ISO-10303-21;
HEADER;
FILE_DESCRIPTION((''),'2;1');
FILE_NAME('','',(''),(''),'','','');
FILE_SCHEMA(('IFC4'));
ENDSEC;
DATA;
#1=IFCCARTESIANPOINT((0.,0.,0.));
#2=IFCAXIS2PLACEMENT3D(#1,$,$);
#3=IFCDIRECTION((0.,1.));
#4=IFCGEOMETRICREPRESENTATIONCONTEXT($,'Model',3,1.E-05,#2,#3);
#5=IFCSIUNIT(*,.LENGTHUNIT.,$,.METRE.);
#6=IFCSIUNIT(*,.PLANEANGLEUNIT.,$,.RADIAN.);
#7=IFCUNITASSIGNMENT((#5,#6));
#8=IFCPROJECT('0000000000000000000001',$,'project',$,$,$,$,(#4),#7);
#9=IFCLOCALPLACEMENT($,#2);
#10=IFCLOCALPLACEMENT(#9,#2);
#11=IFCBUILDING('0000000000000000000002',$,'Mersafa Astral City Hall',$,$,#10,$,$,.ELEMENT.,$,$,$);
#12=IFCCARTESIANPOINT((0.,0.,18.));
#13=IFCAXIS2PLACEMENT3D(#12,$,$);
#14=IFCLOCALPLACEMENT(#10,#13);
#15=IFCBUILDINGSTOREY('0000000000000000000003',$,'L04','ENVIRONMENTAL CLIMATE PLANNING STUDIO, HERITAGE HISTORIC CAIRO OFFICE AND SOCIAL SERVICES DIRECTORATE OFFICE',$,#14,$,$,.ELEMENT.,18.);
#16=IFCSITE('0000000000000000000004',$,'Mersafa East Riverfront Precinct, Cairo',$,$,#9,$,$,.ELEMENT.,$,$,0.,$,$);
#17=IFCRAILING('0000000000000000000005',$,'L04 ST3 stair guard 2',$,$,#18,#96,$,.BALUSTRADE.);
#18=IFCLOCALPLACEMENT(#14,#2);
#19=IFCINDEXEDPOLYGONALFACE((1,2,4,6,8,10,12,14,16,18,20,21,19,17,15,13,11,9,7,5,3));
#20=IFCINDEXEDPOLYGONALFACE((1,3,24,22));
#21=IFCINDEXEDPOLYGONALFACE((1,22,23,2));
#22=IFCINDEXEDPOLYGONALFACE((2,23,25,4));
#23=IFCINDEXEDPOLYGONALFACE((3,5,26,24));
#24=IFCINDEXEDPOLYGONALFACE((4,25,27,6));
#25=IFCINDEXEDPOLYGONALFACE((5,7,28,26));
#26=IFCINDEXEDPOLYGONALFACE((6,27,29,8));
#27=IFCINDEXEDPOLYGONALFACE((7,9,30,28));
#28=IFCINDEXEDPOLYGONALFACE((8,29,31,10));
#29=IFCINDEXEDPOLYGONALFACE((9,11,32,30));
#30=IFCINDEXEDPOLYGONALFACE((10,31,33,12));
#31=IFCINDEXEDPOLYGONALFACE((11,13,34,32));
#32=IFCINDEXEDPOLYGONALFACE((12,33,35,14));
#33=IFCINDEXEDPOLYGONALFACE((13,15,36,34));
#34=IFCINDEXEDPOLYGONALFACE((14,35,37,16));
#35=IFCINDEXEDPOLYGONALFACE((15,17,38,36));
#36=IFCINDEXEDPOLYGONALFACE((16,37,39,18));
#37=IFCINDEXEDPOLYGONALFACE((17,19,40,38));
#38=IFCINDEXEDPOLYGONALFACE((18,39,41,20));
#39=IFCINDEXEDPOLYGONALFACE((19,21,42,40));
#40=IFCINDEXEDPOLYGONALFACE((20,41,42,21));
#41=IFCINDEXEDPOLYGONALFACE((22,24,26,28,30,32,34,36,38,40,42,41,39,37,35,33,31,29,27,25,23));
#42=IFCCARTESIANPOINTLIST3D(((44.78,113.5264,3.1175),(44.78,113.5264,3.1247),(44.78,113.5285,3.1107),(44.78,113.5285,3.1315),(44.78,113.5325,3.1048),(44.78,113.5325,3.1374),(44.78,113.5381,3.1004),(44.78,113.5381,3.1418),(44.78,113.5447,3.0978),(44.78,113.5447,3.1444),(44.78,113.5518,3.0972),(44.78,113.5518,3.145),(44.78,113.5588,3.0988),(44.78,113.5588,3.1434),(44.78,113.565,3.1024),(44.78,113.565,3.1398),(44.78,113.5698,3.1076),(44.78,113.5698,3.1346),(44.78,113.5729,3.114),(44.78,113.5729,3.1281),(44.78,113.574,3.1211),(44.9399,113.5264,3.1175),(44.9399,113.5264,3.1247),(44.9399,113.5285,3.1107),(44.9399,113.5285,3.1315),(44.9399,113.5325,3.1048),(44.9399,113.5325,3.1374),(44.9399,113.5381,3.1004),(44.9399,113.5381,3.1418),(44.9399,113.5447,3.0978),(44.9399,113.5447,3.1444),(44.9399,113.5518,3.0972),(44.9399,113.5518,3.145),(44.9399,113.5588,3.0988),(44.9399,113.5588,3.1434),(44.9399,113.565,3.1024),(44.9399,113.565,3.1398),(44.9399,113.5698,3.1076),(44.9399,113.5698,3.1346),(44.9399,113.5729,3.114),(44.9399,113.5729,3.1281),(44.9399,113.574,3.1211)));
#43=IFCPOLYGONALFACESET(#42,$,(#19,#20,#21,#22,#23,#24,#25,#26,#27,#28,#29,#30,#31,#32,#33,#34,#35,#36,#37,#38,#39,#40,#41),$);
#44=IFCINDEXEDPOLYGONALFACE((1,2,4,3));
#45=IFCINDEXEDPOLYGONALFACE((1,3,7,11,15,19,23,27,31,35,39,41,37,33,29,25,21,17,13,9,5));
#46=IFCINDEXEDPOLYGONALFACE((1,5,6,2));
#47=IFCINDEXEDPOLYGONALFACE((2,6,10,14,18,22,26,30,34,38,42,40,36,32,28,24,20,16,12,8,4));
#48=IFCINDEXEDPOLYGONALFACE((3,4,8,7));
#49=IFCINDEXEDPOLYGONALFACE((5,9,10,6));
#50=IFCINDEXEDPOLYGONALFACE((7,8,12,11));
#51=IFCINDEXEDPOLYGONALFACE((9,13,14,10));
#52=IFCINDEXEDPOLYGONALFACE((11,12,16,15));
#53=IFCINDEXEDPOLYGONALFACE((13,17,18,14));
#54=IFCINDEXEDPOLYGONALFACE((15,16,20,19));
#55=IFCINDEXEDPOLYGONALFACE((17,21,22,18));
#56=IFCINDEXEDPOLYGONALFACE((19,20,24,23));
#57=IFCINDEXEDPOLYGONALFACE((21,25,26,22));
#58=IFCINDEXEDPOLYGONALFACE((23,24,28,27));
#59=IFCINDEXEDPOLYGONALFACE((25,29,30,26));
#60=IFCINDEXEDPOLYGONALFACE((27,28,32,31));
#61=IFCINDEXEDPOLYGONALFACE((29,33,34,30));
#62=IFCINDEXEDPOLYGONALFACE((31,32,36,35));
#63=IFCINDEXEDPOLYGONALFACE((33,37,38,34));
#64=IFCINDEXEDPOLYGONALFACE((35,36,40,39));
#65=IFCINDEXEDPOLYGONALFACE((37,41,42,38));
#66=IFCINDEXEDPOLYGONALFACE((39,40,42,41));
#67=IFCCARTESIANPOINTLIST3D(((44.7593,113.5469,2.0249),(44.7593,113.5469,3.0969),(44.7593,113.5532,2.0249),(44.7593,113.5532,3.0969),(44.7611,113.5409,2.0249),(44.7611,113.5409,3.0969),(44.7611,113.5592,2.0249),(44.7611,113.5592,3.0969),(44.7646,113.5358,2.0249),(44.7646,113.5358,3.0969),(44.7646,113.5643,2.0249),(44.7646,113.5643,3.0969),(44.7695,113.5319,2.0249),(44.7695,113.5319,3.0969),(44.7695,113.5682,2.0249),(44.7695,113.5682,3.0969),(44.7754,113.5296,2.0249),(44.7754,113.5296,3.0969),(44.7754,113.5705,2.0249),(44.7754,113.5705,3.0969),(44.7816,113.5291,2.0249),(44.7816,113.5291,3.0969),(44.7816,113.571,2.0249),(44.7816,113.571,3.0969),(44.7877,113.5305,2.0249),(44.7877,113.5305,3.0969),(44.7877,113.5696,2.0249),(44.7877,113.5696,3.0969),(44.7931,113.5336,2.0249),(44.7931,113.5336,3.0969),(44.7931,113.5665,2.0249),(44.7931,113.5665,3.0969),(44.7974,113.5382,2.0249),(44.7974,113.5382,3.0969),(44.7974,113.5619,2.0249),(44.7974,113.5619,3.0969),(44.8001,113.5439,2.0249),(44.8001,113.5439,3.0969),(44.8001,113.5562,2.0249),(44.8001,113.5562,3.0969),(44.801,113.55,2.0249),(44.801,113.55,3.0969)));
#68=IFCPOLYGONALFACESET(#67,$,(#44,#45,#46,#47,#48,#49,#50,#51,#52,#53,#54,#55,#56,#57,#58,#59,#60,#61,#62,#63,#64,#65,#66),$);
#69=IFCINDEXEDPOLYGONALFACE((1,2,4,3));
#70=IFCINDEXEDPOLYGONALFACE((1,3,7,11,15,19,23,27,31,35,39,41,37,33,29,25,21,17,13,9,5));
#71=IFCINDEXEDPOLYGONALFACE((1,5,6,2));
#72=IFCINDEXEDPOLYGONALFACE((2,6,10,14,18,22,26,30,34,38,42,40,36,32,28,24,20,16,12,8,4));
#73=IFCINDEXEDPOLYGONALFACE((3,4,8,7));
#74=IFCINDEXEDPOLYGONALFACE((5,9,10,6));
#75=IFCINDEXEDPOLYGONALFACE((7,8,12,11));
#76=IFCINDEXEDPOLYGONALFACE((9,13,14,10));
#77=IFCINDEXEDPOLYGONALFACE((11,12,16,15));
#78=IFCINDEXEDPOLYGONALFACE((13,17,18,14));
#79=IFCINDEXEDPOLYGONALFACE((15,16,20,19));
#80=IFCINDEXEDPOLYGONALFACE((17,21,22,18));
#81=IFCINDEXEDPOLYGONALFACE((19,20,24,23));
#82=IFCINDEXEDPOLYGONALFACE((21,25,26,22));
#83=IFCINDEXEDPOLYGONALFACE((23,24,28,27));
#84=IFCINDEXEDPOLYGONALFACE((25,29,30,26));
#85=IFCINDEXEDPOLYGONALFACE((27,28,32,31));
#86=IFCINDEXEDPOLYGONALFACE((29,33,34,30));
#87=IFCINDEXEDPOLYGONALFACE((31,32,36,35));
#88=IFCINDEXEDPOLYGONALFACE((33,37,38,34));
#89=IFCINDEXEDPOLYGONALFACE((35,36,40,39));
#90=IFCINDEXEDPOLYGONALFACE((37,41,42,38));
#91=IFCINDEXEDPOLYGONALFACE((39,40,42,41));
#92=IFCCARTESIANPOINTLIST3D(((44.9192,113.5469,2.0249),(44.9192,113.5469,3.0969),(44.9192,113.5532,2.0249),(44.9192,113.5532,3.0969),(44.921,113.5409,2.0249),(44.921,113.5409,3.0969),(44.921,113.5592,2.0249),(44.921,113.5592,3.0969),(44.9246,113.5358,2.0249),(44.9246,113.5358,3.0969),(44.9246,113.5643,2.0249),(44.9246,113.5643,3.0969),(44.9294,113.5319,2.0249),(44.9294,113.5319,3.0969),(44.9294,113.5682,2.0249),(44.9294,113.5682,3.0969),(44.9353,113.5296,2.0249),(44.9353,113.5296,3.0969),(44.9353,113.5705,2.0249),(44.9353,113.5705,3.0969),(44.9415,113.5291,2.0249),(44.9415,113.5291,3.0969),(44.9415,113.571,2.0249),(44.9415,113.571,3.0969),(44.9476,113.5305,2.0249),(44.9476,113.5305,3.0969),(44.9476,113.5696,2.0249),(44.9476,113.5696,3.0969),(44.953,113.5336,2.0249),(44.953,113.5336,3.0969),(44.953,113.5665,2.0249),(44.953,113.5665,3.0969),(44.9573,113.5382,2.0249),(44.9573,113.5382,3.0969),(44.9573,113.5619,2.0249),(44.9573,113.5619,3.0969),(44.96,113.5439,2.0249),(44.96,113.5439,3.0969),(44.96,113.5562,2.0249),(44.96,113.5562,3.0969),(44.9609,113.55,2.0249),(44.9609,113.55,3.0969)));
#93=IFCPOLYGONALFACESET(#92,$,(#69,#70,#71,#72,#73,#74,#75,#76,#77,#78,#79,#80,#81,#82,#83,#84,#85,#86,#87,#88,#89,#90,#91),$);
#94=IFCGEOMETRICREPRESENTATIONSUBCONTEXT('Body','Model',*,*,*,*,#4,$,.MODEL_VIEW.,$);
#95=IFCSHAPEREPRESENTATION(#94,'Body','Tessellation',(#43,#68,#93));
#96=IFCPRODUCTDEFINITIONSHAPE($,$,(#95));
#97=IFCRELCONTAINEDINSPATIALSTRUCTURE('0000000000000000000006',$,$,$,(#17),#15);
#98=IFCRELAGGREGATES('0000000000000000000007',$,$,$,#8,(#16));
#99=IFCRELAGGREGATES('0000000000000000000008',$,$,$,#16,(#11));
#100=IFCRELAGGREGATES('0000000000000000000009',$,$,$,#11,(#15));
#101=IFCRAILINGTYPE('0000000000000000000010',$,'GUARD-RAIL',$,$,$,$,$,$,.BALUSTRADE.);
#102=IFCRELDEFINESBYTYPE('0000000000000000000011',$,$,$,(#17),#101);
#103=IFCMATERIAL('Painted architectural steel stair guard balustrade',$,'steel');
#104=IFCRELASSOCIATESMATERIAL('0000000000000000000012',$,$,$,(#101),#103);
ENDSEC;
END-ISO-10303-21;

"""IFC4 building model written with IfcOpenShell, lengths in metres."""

from ifc_helpers import new_model, si_unit, direction, frame, origin, origin_2d, place, context, subcontext, project, spatial, circle, extrude, material, type_object, element, save


model = new_model("IFC4")

# Units and contexts
model_context = context("Model", 3, precision=1e-05, world=origin(), true_north=direction((0.0, 1.0)))
body_context = subcontext(model_context, "Body", "Model", "MODEL_VIEW")
ifc_project = project(units=[si_unit("LENGTHUNIT", "METRE"), si_unit("PLANEANGLEUNIT", "RADIAN")], contexts=[model_context])

# Site, building, storey
site_placement = place(None, origin())
site = spatial("IfcSite", under=ifc_project, at=site_placement, Name="Mersafa East Riverfront Precinct, Cairo", CompositionType="ELEMENT", RefElevation=0.0)
building_placement = place(site_placement, origin())
building = spatial("IfcBuilding", under=site, at=building_placement, Name="Mersafa Astral City Hall", CompositionType="ELEMENT")
storey_placement = place(building_placement, frame((0.0, 0.0, 18.0)))
storey = spatial("IfcBuildingStorey", under=building, at=storey_placement, Name="L04", Description="ENVIRONMENTAL CLIMATE PLANNING STUDIO, HERITAGE HISTORIC CAIRO OFFICE AND SOCIAL SERVICES DIRECTORATE OFFICE", CompositionType="ELEMENT", Elevation=18.0)

# Railing
ifc_material_1 = material(Name="Painted architectural steel stair guard balustrade", Category="steel")
railing_type_1 = type_object("IfcRailingType", Name="GUARD-RAIL", PredefinedType="BALUSTRADE", material=ifc_material_1)
railing_1_placement = place(storey_placement, frame((44.78, 113.55, 2.0249)))
element("IfcRailing", 1, at=railing_1_placement, inside=storey, type_object=railing_type_1, Name="L04 ST3 stair guard 2", PredefinedType="BALUSTRADE", context=body_context, shape_type="SweptSolid", body=[
    extrude(circle(Radius=0.0239, at=origin_2d()), frame((0.0, 0.0, 1.0962), z_axis=(1.0, 0.0, 0.0), x_axis=(0.0, 1.0, 0.0)), (0.0, 0.0, 1.0), 0.1599),
    extrude(circle(Radius=0.021, at=origin_2d()), origin(), (0.0, 0.0, 1.0), 1.072),
    extrude(circle(Radius=0.021, at=origin_2d()), frame((0.1599, 0.0, 0.0)), (0.0, 0.0, 1.0), 1.072),
])

save(model, "model.ifc")
